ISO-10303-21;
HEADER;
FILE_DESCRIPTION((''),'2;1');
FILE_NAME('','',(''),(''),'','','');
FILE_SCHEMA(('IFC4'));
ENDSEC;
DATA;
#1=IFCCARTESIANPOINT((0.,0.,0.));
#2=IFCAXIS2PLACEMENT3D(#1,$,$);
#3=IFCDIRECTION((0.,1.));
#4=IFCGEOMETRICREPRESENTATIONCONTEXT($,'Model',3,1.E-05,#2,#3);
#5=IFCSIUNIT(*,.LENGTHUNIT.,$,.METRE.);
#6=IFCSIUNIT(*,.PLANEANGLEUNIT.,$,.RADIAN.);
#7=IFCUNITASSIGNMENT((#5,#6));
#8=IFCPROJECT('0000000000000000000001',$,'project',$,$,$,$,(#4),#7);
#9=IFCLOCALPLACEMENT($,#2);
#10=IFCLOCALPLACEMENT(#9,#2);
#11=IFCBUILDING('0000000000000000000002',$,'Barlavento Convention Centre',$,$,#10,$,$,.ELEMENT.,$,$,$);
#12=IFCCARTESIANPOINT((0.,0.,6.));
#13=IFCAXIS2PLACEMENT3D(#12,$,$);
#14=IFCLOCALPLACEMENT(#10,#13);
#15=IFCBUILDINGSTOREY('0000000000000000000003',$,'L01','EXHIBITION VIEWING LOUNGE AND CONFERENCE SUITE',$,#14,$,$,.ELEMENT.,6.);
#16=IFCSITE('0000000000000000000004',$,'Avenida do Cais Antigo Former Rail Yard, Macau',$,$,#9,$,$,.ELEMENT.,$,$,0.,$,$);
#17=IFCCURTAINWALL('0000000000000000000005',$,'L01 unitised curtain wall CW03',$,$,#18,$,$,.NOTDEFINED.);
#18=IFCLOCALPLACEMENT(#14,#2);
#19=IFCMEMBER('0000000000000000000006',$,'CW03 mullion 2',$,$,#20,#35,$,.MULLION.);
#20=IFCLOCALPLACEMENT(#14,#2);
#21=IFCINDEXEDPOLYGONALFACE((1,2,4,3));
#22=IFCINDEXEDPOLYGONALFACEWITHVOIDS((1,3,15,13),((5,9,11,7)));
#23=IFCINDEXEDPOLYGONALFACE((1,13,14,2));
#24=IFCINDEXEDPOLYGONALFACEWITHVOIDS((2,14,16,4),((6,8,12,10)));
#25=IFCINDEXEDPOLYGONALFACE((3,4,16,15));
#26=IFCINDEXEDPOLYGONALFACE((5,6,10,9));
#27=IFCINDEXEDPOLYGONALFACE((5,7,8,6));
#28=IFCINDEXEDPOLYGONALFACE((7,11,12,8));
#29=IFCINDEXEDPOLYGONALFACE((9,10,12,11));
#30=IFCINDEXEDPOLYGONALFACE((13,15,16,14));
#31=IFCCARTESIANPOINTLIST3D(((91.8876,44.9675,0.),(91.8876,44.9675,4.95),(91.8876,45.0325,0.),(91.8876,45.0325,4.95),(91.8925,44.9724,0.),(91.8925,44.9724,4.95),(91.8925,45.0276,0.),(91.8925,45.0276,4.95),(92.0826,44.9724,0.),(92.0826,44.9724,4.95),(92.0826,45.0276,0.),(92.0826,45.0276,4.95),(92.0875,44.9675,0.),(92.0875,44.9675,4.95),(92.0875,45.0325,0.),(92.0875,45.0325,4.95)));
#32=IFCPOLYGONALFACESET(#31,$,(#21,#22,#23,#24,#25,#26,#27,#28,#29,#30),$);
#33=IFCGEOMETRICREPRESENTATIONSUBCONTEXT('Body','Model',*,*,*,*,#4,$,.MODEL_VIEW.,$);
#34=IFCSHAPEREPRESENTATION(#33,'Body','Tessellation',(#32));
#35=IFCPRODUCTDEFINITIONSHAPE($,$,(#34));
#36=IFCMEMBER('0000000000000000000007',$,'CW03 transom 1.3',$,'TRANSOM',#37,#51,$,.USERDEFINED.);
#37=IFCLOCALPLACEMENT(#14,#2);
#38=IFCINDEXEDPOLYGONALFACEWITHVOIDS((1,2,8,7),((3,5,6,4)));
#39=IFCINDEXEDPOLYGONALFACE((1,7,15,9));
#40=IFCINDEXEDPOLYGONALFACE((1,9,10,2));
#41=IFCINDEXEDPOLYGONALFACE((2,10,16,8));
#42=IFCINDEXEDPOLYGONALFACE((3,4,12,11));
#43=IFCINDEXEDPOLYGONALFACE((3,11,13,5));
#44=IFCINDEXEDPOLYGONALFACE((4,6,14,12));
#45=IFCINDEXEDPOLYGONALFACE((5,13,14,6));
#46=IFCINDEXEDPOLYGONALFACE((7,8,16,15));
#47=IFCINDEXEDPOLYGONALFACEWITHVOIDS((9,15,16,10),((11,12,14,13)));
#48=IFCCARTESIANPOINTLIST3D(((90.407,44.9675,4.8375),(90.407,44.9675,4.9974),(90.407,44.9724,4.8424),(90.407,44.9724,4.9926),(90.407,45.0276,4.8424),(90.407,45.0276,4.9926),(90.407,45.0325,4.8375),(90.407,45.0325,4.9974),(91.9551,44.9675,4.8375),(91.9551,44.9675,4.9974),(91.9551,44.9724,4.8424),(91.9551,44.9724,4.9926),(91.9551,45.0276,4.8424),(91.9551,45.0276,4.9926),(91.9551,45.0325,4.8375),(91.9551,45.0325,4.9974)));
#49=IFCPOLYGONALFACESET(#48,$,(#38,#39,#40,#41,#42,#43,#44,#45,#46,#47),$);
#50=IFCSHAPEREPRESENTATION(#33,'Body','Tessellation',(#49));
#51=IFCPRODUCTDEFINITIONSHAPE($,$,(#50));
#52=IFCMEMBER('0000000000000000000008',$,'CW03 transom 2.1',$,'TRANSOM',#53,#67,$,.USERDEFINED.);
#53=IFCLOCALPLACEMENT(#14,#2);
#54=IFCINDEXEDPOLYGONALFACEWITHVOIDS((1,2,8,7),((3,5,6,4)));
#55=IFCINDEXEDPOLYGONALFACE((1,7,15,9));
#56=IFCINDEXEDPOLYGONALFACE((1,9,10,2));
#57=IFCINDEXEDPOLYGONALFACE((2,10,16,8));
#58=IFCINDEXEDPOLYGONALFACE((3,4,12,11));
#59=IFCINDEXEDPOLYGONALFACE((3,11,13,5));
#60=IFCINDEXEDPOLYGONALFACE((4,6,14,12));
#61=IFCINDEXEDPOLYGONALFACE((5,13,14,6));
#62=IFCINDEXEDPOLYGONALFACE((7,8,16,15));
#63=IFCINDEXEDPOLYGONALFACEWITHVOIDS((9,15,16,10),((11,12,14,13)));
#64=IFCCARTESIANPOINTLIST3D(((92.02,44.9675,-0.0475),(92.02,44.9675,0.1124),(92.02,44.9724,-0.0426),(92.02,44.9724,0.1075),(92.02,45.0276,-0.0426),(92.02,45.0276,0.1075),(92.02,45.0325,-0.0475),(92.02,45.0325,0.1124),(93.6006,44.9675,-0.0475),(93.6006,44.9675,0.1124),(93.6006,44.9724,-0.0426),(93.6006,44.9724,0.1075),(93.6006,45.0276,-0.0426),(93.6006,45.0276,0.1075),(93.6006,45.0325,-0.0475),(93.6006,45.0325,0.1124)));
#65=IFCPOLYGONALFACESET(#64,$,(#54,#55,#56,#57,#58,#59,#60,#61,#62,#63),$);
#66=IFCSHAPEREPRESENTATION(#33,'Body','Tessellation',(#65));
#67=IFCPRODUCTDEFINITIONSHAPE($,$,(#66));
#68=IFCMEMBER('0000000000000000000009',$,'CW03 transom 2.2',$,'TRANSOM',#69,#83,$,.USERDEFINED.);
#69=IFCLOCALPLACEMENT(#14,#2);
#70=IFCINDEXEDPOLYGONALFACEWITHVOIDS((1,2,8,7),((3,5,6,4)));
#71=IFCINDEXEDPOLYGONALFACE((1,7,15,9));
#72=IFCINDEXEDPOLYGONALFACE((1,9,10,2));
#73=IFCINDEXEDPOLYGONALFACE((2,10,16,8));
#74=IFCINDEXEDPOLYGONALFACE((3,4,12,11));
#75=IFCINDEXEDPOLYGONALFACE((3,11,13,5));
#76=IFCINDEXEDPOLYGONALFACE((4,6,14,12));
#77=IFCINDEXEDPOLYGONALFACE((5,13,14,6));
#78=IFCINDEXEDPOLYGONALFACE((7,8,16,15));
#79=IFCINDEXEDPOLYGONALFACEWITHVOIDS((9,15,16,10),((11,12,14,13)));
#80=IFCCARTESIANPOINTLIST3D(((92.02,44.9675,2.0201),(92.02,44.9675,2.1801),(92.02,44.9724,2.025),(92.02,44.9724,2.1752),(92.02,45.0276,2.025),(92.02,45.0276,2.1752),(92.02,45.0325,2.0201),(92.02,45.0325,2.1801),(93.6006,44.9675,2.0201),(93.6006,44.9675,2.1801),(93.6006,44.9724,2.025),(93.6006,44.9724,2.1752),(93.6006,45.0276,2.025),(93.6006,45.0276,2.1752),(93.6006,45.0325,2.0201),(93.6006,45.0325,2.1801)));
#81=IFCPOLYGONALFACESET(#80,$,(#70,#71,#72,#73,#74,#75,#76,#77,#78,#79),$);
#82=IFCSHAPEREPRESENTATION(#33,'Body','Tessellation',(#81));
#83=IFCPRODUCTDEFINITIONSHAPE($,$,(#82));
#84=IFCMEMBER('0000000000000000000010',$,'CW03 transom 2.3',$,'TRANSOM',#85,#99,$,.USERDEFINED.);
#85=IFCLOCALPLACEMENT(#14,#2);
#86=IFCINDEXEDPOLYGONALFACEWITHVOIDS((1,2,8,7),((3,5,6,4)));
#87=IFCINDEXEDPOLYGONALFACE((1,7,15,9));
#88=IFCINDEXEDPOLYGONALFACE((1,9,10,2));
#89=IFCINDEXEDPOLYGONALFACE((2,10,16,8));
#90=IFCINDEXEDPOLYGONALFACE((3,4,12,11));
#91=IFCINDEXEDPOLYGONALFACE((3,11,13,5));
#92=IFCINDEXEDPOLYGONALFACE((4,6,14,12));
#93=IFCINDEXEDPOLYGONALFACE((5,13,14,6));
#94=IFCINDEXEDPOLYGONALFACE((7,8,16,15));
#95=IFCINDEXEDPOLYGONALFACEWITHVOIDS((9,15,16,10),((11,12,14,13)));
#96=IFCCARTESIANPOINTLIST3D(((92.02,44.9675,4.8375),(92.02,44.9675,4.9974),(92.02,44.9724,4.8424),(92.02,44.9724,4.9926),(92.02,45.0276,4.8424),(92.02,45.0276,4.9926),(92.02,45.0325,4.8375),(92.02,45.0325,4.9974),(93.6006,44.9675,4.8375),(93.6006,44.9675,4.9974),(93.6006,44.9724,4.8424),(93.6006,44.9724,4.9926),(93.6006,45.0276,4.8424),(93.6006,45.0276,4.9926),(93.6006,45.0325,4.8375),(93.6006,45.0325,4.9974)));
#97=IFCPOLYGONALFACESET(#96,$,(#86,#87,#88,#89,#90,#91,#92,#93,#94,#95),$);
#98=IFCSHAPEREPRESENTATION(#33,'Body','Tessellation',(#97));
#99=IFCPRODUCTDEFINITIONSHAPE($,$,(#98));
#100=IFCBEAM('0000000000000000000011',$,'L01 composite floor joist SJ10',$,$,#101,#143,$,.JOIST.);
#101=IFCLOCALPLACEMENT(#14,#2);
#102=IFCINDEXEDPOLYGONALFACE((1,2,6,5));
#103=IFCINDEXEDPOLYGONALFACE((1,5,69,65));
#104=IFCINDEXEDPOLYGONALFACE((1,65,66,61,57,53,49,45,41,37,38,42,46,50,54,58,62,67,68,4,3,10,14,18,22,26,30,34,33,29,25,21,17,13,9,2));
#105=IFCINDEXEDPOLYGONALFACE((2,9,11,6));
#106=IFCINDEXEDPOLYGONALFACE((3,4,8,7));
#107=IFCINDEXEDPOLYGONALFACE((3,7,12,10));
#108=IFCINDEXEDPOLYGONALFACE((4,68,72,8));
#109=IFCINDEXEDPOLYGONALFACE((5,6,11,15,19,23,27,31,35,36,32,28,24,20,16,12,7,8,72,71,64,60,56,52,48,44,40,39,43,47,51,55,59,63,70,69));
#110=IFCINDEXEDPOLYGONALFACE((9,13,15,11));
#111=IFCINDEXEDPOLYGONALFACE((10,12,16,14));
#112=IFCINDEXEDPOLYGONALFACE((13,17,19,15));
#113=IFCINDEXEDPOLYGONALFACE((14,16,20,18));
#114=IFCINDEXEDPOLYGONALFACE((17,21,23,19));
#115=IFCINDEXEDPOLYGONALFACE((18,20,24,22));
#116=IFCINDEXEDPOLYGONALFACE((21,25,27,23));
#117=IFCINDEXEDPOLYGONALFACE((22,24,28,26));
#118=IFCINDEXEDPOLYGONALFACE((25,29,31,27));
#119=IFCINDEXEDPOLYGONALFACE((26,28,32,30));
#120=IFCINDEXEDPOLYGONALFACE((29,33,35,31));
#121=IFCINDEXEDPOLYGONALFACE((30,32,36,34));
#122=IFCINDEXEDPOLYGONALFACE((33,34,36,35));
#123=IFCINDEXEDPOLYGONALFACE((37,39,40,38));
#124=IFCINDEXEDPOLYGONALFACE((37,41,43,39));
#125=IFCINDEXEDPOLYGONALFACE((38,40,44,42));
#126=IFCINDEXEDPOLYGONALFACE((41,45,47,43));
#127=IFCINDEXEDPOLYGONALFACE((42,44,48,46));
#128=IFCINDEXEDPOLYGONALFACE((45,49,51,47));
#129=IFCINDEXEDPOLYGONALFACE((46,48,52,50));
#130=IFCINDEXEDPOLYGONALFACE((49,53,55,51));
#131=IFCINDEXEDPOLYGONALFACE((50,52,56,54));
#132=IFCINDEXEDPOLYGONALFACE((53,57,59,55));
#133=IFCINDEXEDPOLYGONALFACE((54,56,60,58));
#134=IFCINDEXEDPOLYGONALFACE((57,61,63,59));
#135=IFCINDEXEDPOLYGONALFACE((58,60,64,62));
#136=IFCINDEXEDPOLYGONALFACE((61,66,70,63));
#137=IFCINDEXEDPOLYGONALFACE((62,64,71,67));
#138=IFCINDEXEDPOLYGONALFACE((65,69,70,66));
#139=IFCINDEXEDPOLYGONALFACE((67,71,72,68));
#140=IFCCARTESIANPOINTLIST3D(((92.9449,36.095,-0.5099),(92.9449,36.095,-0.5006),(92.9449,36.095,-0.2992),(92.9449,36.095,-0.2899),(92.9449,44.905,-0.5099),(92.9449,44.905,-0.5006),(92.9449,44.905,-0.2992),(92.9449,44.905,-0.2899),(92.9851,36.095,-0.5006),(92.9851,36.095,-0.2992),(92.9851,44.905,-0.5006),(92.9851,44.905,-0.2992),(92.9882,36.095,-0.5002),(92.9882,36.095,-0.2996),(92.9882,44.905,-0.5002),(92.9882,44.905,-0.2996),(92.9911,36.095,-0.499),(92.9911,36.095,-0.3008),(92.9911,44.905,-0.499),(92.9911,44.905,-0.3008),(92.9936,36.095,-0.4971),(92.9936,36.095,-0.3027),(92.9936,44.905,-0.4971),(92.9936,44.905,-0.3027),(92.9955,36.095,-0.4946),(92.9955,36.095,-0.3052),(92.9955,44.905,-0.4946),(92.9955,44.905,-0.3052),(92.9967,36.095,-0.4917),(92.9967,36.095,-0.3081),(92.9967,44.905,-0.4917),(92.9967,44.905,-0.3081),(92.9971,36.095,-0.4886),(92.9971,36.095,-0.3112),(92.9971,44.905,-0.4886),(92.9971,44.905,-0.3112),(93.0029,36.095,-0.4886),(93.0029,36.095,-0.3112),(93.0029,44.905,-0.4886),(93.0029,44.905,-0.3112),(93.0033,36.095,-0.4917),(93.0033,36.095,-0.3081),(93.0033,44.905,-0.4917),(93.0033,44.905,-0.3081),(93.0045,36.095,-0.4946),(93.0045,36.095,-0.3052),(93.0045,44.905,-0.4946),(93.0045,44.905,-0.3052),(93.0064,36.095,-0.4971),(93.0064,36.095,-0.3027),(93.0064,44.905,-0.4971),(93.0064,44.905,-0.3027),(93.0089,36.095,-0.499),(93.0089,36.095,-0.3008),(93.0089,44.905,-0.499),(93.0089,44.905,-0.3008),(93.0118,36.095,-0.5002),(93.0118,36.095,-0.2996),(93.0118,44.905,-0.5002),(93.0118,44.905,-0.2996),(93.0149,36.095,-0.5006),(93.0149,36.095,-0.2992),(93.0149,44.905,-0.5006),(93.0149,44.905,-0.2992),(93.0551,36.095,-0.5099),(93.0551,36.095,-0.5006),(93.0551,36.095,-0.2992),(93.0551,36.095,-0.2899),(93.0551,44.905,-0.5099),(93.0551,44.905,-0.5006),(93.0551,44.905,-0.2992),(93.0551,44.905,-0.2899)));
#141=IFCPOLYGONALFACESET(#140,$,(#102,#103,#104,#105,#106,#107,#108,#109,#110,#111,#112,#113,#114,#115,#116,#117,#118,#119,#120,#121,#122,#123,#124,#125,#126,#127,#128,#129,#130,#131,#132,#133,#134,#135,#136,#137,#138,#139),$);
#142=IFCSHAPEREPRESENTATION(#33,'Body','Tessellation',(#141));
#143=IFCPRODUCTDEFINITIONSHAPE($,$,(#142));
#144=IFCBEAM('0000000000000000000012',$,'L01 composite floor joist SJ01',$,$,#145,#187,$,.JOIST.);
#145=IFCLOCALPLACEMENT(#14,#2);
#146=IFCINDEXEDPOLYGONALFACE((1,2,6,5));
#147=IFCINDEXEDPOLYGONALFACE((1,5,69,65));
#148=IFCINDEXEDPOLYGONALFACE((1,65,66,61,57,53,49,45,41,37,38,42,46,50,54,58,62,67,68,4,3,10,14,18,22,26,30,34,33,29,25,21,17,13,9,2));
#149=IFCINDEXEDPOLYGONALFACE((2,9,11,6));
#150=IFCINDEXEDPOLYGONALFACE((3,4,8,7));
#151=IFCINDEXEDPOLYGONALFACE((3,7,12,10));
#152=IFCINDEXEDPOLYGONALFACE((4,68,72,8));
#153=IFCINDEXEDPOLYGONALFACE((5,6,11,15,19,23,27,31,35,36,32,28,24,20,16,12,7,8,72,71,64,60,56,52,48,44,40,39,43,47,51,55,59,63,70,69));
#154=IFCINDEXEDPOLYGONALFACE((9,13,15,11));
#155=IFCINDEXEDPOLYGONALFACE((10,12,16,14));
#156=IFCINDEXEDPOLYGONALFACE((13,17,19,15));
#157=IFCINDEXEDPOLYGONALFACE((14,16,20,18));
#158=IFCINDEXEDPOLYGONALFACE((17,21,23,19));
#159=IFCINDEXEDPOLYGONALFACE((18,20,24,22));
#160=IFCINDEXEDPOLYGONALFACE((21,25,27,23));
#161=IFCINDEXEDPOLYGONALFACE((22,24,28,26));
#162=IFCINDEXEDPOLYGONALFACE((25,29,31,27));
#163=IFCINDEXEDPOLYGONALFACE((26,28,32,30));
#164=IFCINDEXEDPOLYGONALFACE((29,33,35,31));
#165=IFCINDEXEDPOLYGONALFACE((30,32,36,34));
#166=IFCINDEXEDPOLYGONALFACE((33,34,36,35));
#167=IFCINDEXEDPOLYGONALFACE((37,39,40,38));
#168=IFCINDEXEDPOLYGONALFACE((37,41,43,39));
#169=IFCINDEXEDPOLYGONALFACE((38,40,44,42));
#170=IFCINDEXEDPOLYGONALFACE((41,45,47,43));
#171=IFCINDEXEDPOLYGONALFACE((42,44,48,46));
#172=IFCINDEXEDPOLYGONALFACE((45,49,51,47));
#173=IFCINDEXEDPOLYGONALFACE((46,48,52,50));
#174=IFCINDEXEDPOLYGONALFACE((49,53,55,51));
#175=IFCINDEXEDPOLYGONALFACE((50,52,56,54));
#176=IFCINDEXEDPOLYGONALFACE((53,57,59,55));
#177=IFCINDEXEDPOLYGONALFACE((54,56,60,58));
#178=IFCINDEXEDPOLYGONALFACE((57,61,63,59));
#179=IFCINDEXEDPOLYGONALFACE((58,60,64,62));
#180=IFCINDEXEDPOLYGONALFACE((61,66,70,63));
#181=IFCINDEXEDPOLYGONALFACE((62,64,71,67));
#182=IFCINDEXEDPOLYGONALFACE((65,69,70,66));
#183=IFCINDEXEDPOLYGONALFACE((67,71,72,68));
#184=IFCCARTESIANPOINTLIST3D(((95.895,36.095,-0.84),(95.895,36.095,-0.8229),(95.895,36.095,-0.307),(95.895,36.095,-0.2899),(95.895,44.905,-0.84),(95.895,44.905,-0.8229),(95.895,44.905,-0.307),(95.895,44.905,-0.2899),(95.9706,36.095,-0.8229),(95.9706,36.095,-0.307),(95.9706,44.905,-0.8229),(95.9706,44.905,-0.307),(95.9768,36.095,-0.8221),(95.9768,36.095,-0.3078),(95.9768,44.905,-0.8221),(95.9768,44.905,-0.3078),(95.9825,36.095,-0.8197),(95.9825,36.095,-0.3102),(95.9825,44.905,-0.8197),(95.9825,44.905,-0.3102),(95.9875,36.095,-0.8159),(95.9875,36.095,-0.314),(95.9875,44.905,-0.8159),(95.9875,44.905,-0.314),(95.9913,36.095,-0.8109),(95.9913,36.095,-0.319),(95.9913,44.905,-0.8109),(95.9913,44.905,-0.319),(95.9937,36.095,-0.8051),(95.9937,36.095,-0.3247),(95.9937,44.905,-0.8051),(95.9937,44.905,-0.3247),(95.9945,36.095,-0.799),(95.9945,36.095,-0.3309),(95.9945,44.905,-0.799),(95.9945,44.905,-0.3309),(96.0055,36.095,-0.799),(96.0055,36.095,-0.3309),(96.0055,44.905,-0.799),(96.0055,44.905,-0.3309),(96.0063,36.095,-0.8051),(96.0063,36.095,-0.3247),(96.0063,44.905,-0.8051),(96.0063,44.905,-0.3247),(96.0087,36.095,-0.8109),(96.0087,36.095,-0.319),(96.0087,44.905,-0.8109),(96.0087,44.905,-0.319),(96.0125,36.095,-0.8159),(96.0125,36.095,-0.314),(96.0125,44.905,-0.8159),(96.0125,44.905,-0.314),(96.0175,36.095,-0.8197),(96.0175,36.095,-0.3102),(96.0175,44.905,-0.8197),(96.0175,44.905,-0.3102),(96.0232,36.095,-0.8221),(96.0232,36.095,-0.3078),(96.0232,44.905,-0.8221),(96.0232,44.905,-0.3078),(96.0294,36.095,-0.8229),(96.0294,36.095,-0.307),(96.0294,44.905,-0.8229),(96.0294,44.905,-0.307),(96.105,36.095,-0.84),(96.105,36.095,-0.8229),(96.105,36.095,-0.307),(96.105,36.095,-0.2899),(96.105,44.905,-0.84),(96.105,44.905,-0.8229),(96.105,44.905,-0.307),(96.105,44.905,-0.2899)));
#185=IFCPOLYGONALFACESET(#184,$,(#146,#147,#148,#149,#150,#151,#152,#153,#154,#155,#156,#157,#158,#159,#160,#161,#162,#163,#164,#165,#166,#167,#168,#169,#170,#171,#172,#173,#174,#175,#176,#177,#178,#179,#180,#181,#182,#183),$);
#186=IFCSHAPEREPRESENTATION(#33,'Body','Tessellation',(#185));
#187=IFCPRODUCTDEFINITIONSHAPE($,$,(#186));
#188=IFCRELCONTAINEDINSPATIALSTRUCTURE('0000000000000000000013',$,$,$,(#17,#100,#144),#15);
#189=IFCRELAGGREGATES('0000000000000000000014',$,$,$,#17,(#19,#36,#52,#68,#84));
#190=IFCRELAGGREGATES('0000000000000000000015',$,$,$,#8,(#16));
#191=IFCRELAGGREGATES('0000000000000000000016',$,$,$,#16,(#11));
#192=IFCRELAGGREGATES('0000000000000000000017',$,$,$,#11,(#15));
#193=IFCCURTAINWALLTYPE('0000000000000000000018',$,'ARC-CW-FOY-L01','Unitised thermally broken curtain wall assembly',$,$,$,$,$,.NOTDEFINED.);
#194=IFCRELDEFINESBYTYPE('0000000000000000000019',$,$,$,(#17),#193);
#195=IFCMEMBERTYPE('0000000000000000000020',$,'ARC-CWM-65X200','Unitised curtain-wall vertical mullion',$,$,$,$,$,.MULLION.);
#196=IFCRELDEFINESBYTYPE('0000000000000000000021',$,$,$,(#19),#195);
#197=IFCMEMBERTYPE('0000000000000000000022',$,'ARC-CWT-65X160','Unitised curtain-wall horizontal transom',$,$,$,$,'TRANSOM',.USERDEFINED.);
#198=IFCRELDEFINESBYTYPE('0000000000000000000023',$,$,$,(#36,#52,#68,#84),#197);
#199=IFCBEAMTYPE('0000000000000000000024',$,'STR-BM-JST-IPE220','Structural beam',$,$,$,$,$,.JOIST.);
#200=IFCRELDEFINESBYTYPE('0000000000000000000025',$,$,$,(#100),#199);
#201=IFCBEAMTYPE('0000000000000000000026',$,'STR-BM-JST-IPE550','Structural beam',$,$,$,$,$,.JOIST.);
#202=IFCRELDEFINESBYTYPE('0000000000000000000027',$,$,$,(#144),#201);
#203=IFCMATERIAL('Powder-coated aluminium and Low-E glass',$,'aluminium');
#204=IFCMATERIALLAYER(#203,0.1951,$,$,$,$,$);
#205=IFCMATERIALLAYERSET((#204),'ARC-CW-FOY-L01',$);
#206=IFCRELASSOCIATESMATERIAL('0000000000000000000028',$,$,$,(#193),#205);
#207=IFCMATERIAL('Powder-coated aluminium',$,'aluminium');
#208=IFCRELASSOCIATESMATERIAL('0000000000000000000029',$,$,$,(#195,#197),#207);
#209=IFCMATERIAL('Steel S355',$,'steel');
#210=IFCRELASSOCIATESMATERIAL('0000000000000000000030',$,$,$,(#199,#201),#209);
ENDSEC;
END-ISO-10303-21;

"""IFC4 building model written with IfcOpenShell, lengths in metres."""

from ifc_helpers import new_model, si_unit, direction, frame, origin, origin_2d, place, context, subcontext, project, spatial, hollow_rectangle, i_section, extrude, material, layer, layer_set, material_profile, profile_set, type_object, element, aggregate, save


model = new_model("IFC4")

# Units and contexts
model_context = context("Model", 3, precision=1e-05, world=origin(), true_north=direction((0.0, 1.0)))
body_context = subcontext(model_context, "Body", "Model", "MODEL_VIEW")
ifc_project = project(units=[si_unit("LENGTHUNIT", "METRE"), si_unit("PLANEANGLEUNIT", "RADIAN")], contexts=[model_context])

# Site, building, storey
site_placement = place(None, origin())
site = spatial("IfcSite", under=ifc_project, at=site_placement, Name="Avenida do Cais Antigo Former Rail Yard, Macau", CompositionType="ELEMENT", RefElevation=0.0)
building_placement = place(site_placement, origin())
building = spatial("IfcBuilding", under=site, at=building_placement, Name="Barlavento Convention Centre", CompositionType="ELEMENT")
storey_placement = place(building_placement, frame((0.0, 0.0, 6.0)))
storey = spatial("IfcBuildingStorey", under=building, at=storey_placement, Name="L01", Description="EXHIBITION VIEWING LOUNGE AND CONFERENCE SUITE", CompositionType="ELEMENT", Elevation=6.0)

# Curtain wall, members
ifc_material_1 = material(Name="Powder-coated aluminium and Low-E glass", Category="aluminium")
ifc_layer_1 = layer(ifc_material_1, 0.1951)
ifc_layer_set_1 = layer_set([ifc_layer_1], Name="ARC-CW-FOY-L01")
curtain_wall_type = type_object("IfcCurtainWallType", Name="ARC-CW-FOY-L01", Description="Unitised thermally broken curtain wall assembly", PredefinedType="NOTDEFINED", material=ifc_layer_set_1)
curtain_wall_placement = place(storey_placement, origin())
curtain_wall = element("IfcCurtainWall", 1, at=curtain_wall_placement, inside=storey, type_object=curtain_wall_type, Name="L01 unitised curtain wall CW03", PredefinedType="NOTDEFINED")
ifc_material_2 = material(Name="Powder-coated aluminium", Category="aluminium")
ifc_material_profile_1 = material_profile(ifc_material_2, hollow_rectangle(XDim=0.0649, YDim=0.2, WallThickness=0.0049, at=origin_2d()), Name="AL-MULL 65x200x5")
ifc_profile_set_1 = profile_set([ifc_material_profile_1], Name="Powder-coated aluminium")
member_type_1 = type_object("IfcMemberType", Name="ARC-CWM-65X200", Description="Unitised curtain-wall vertical mullion", PredefinedType="MULLION", material=ifc_profile_set_1)
member_1_placement = place(storey_placement, frame((91.9875, 45.0, 0.0), z_axis=(0.0, 0.0, 1.0), x_axis=(0.0, 1.0, 0.0)))
member_1 = element("IfcMember", 2, at=member_1_placement, type_object=member_type_1, Name="CW03 mullion 2", PredefinedType="MULLION", context=body_context, shape_type="SweptSolid", body=[
    extrude(hollow_rectangle(XDim=0.0649, YDim=0.2, WallThickness=0.0049, at=origin_2d()), origin(), (0.0, 0.0, 1.0), 4.95),
])
ifc_material_profile_2 = material_profile(ifc_material_2, hollow_rectangle(XDim=0.0649, YDim=0.1599, WallThickness=0.0049, at=origin_2d()), Name="AL-TRAN 65x160x5")
ifc_profile_set_2 = profile_set([ifc_material_profile_2], Name="Powder-coated aluminium")
member_type_2 = type_object("IfcMemberType", Name="ARC-CWT-65X160", Description="Unitised curtain-wall horizontal transom", ElementType="TRANSOM", PredefinedType="USERDEFINED", material=ifc_profile_set_2)
member_2_placement = place(storey_placement, frame((90.407, 45.0, 4.9175), z_axis=(1.0, 0.0, 0.0), x_axis=(0.0, 1.0, 0.0)))
member_2 = element("IfcMember", 3, at=member_2_placement, type_object=member_type_2, Name="CW03 transom 1.3", ObjectType="TRANSOM", PredefinedType="USERDEFINED", context=body_context, shape_type="SweptSolid", body=[
    extrude(hollow_rectangle(XDim=0.0649, YDim=0.1599, WallThickness=0.0049, at=origin_2d()), origin(), (0.0, 0.0, 1.0), 1.5481),
])
member_3_placement = place(storey_placement, frame((92.02, 45.0, 0.0325), z_axis=(1.0, 0.0, 0.0), x_axis=(0.0, 1.0, 0.0)))
member_3 = element("IfcMember", 4, at=member_3_placement, type_object=member_type_2, Name="CW03 transom 2.1", ObjectType="TRANSOM", PredefinedType="USERDEFINED", context=body_context, shape_type="SweptSolid", body=[
    extrude(hollow_rectangle(XDim=0.0649, YDim=0.1599, WallThickness=0.0049, at=origin_2d()), origin(), (0.0, 0.0, 1.0), 1.5806),
])
member_4_placement = place(storey_placement, frame((92.02, 45.0, 2.1001), z_axis=(1.0, 0.0, 0.0), x_axis=(0.0, 1.0, 0.0)))
member_4 = element("IfcMember", 5, at=member_4_placement, type_object=member_type_2, Name="CW03 transom 2.2", ObjectType="TRANSOM", PredefinedType="USERDEFINED", context=body_context, shape_type="SweptSolid", body=[
    extrude(hollow_rectangle(XDim=0.0649, YDim=0.1599, WallThickness=0.0049, at=origin_2d()), origin(), (0.0, 0.0, 1.0), 1.5806),
])
member_5_placement = place(storey_placement, frame((92.02, 45.0, 4.9175), z_axis=(1.0, 0.0, 0.0), x_axis=(0.0, 1.0, 0.0)))
member_5 = element("IfcMember", 6, at=member_5_placement, type_object=member_type_2, Name="CW03 transom 2.3", ObjectType="TRANSOM", PredefinedType="USERDEFINED", context=body_context, shape_type="SweptSolid", body=[
    extrude(hollow_rectangle(XDim=0.0649, YDim=0.1599, WallThickness=0.0049, at=origin_2d()), origin(), (0.0, 0.0, 1.0), 1.5806),
])

# Beams
ifc_material_3 = material(Name="Steel S355", Category="steel")
ifc_material_profile_3 = material_profile(ifc_material_3, i_section(OverallWidth=0.1101, OverallDepth=0.22, WebThickness=0.0059, FlangeThickness=0.0093, FilletRadius=0.012, at=origin_2d()), Name="IPE 220")
ifc_profile_set_3 = profile_set([ifc_material_profile_3], Name="Steel S355")
beam_type_1 = type_object("IfcBeamType", Name="STR-BM-JST-IPE220", Description="Structural beam", PredefinedType="JOIST", material=ifc_profile_set_3)
beam_1_placement = place(storey_placement, frame((93.0, 36.095, -0.3999), z_axis=(0.0, 1.0, 0.0), x_axis=(-1.0, 0.0, 0.0)))
element("IfcBeam", 7, at=beam_1_placement, inside=storey, type_object=beam_type_1, Name="L01 composite floor joist SJ10", PredefinedType="JOIST", context=body_context, shape_type="SweptSolid", body=[
    extrude(i_section(OverallWidth=0.1101, OverallDepth=0.22, WebThickness=0.0059, FlangeThickness=0.0093, FilletRadius=0.012, at=origin_2d()), origin(), (0.0, 0.0, 1.0), 8.8101),
])
ifc_material_profile_4 = material_profile(ifc_material_3, i_section(OverallWidth=0.21, OverallDepth=0.55, WebThickness=0.011, FlangeThickness=0.0171, FilletRadius=0.0239, at=origin_2d()), Name="IPE 550")
ifc_profile_set_4 = profile_set([ifc_material_profile_4], Name="Steel S355")
beam_type_2 = type_object("IfcBeamType", Name="STR-BM-JST-IPE550", Description="Structural beam", PredefinedType="JOIST", material=ifc_profile_set_4)
beam_2_placement = place(storey_placement, frame((96.0, 36.095, -0.5649), z_axis=(0.0, 1.0, 0.0), x_axis=(-1.0, 0.0, 0.0)))
element("IfcBeam", 8, at=beam_2_placement, inside=storey, type_object=beam_type_2, Name="L01 composite floor joist SJ01", PredefinedType="JOIST", context=body_context, shape_type="SweptSolid", body=[
    extrude(i_section(OverallWidth=0.21, OverallDepth=0.55, WebThickness=0.011, FlangeThickness=0.0171, FilletRadius=0.0239, at=origin_2d()), origin(), (0.0, 0.0, 1.0), 8.8101),
])

aggregate(curtain_wall, [member_1, member_2, member_3, member_4, member_5])

save(model, "model.ifc")
